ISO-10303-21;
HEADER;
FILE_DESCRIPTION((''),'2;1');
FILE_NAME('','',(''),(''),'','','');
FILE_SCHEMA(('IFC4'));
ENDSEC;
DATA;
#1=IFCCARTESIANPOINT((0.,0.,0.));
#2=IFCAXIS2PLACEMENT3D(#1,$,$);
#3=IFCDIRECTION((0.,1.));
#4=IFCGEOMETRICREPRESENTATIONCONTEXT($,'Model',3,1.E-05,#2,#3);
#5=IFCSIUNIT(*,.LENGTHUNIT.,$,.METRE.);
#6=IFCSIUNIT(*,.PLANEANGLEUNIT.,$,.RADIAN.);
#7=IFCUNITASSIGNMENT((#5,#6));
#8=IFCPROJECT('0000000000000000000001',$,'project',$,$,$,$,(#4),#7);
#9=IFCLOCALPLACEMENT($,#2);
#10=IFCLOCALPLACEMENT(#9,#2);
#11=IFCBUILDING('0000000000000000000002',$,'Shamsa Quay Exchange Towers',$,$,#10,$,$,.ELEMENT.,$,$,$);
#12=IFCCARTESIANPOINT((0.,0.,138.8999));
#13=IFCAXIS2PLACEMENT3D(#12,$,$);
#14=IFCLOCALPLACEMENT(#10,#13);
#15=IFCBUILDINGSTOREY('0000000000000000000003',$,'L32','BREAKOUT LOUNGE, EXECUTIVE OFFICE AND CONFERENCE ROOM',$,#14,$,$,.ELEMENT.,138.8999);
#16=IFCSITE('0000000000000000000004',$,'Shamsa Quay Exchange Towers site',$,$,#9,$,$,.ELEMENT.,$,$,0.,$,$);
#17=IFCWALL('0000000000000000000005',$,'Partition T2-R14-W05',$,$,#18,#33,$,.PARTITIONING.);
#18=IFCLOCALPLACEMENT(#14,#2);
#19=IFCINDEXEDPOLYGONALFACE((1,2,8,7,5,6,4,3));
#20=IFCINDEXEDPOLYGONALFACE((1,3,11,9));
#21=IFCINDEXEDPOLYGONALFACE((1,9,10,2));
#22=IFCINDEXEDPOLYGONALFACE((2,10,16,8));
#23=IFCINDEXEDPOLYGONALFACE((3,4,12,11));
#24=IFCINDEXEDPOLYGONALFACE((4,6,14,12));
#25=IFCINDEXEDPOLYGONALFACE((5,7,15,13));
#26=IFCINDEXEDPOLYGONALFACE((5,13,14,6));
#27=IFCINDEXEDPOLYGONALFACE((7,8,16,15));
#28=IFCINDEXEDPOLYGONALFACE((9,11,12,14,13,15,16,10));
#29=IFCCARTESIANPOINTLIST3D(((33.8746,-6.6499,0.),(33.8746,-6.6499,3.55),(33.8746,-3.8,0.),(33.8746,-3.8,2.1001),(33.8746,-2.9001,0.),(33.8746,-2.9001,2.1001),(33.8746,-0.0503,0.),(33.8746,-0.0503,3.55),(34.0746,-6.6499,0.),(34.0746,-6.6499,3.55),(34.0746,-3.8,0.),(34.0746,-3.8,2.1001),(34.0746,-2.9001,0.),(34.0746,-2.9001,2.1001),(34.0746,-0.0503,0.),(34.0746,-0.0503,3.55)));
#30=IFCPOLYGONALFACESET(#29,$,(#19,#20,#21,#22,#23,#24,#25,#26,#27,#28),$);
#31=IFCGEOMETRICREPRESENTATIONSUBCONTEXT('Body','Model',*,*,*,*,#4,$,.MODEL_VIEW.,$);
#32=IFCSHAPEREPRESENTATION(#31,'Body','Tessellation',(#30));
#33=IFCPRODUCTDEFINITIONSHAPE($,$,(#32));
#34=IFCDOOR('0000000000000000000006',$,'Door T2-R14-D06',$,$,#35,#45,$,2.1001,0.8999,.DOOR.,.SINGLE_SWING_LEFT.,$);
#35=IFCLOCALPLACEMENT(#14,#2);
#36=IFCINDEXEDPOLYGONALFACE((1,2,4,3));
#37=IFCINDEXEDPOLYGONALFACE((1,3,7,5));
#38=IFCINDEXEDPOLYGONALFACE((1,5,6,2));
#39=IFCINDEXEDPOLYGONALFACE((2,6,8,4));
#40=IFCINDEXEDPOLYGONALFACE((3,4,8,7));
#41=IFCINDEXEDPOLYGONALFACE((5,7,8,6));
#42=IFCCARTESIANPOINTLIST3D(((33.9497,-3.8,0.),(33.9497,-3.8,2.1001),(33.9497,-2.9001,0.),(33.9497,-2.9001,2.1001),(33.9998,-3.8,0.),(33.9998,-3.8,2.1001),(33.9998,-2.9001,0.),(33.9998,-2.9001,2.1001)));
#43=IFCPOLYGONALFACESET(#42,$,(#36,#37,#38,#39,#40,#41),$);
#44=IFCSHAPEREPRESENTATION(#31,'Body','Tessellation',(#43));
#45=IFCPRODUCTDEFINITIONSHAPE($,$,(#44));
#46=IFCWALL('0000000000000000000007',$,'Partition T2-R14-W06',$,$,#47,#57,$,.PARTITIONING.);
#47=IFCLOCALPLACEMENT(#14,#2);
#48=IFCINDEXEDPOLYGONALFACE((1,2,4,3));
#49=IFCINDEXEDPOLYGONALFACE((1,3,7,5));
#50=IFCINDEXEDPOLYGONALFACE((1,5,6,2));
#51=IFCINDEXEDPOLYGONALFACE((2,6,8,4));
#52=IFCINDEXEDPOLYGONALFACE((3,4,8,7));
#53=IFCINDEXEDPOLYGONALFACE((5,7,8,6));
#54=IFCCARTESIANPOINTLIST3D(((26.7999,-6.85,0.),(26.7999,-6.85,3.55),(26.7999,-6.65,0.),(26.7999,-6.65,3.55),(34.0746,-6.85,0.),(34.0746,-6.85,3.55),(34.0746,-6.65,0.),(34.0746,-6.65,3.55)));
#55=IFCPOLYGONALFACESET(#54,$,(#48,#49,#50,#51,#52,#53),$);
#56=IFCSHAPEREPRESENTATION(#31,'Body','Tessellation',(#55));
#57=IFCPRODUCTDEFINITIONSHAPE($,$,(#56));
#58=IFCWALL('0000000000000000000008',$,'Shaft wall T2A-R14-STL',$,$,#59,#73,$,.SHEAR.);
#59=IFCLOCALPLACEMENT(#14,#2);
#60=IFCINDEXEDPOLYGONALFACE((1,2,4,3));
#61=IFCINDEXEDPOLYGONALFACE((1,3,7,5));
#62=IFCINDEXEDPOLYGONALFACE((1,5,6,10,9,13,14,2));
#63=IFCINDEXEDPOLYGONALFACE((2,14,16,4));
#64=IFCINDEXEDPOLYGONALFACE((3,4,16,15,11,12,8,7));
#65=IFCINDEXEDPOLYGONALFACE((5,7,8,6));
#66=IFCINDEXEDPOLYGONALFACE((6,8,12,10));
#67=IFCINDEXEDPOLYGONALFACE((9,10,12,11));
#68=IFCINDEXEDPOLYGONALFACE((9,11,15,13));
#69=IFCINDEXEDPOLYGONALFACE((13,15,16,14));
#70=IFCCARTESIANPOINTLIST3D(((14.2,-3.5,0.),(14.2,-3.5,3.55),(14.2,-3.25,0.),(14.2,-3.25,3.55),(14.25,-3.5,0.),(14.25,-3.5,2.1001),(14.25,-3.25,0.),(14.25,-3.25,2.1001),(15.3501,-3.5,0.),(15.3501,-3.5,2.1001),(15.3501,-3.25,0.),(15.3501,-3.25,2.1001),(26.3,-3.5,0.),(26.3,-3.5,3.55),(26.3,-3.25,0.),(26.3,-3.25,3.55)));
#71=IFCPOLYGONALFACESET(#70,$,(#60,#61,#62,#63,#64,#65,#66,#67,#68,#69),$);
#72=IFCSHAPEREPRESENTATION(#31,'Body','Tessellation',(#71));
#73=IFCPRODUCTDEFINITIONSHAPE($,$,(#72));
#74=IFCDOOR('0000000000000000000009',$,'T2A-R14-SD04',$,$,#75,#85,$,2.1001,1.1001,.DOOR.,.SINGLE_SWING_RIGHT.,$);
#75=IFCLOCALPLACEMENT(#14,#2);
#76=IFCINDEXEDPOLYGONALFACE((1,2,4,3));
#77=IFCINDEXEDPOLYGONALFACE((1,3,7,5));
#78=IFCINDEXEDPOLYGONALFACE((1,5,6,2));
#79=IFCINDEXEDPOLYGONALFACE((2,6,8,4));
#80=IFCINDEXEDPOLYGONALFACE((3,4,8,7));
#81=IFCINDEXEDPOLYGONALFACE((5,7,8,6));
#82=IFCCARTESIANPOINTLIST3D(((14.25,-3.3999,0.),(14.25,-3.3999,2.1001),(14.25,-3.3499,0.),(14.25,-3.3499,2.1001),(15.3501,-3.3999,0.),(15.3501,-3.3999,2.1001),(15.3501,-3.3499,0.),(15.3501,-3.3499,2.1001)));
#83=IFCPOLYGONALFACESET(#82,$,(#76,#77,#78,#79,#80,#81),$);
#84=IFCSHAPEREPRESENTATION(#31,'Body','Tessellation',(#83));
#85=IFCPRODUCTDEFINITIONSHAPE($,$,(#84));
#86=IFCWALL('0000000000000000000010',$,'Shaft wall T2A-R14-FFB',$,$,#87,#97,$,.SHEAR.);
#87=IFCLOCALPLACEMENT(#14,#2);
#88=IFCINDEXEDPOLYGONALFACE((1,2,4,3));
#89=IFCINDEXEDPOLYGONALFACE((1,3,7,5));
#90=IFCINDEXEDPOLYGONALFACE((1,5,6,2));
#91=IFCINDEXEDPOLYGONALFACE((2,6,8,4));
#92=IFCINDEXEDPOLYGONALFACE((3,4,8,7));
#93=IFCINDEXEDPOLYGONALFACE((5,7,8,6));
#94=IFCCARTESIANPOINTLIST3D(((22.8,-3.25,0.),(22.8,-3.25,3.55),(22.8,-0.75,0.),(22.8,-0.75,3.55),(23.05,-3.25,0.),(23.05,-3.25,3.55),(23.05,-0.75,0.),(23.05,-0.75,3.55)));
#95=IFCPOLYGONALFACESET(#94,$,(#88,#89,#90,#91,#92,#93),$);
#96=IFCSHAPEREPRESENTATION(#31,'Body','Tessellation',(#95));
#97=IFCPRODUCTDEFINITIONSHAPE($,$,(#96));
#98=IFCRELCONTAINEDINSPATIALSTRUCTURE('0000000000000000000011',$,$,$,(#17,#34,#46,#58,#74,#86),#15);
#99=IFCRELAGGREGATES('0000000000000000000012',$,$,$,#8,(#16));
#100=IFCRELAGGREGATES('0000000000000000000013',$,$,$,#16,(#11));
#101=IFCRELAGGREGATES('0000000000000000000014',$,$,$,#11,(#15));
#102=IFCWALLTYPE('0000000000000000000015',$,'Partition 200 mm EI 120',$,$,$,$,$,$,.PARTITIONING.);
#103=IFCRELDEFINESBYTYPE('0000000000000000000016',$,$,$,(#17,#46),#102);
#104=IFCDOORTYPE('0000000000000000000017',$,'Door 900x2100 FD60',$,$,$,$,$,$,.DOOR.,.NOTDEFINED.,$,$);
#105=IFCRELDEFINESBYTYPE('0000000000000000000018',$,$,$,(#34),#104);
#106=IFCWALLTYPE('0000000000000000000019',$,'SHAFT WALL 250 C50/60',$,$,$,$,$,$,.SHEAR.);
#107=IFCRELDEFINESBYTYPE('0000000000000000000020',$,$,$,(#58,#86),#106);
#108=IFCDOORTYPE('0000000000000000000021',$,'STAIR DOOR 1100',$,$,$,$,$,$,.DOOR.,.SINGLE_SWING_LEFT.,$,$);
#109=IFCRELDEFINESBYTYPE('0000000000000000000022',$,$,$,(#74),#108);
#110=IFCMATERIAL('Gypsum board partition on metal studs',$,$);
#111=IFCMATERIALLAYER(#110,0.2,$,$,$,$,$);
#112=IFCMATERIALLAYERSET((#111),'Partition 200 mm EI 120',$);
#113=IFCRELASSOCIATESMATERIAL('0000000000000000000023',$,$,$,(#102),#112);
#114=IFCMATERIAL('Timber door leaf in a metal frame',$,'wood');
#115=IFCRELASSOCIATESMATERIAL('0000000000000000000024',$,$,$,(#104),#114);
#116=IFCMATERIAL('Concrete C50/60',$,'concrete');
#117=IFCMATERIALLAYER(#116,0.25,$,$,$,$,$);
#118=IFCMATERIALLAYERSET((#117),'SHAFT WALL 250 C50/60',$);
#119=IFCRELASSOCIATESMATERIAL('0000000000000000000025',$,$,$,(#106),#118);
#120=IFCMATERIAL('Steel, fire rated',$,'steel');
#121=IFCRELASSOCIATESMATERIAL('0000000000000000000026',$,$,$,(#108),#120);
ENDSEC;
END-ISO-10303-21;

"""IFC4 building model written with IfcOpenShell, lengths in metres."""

from ifc_helpers import new_model, si_unit, direction, frame, frame_2d, origin, place, context, subcontext, project, spatial, rectangle, extrude, material, layer, layer_set, type_object, element, fill, save


model = new_model("IFC4")

# Units and contexts
model_context = context("Model", 3, precision=1e-05, world=origin(), true_north=direction((0.0, 1.0)))
body_context = subcontext(model_context, "Body", "Model", "MODEL_VIEW")
ifc_project = project(units=[si_unit("LENGTHUNIT", "METRE"), si_unit("PLANEANGLEUNIT", "RADIAN")], contexts=[model_context])

# Site, building, storey
site_placement = place(None, origin())
site = spatial("IfcSite", under=ifc_project, at=site_placement, Name="Shamsa Quay Exchange Towers site", CompositionType="ELEMENT", RefElevation=0.0)
building_placement = place(site_placement, origin())
building = spatial("IfcBuilding", under=site, at=building_placement, Name="Shamsa Quay Exchange Towers", CompositionType="ELEMENT")
storey_placement = place(building_placement, frame((0.0, 0.0, 138.8999)))
storey = spatial("IfcBuildingStorey", under=building, at=storey_placement, Name="L32", Description="BREAKOUT LOUNGE, EXECUTIVE OFFICE AND CONFERENCE ROOM", CompositionType="ELEMENT", Elevation=138.8999)

# Shared definitions
ifc_material_1 = material(Name="Gypsum board partition on metal studs")

# Wall, opening, door
ifc_material_2 = material(Name="Timber door leaf in a metal frame", Category="wood")
ifc_layer_1 = layer(ifc_material_1, 0.2)
ifc_layer_set_1 = layer_set([ifc_layer_1], Name="Partition 200 mm EI 120")
wall_type_1 = type_object("IfcWallType", Name="Partition 200 mm EI 120", PredefinedType="PARTITIONING", material=ifc_layer_set_1)
wall_1_placement = place(storey_placement, frame((33.9746, -6.6499, 0.0), z_axis=(0.0, 0.0, 1.0), x_axis=(0.0, 1.0, 0.0)))
wall_1 = element("IfcWall", 1, at=wall_1_placement, inside=storey, type_object=wall_type_1, Name="Partition T2-R14-W05", PredefinedType="PARTITIONING", context=body_context, shape_type="SweptSolid", body=[
    extrude(rectangle(XDim=6.5996, YDim=0.2, at=frame_2d((3.2998, 0.0))), origin(), (0.0, 0.0, 1.0), 3.55),
])
opening_1_placement = place(wall_1_placement, frame((2.8499, 0.0, 0.0)))
opening_1 = element("IfcOpeningElement", 2, at=opening_1_placement, cuts=wall_1, PredefinedType="OPENING", context=body_context, shape_type="SweptSolid", body=[
    extrude(rectangle(XDim=0.8999, YDim=2.1001, at=frame_2d((0.45, 1.05))), frame((0.0, 0.1099, 0.0), z_axis=(0.0, -1.0, 0.0), x_axis=(1.0, 0.0, 0.0)), (0.0, 0.0, 1.0), 0.22),
])
door_type_1 = type_object("IfcDoorType", Name="Door 900x2100 FD60", OperationType="NOTDEFINED", PredefinedType="DOOR", material=ifc_material_2)
door_1_placement = place(opening_1_placement, origin())
door_1 = element("IfcDoor", 3, at=door_1_placement, inside=storey, type_object=door_type_1, Name="Door T2-R14-D06", OperationType="SINGLE_SWING_LEFT", OverallHeight=2.1001, OverallWidth=0.8999, PredefinedType="DOOR", context=body_context, shape_type="SweptSolid", body=[
    extrude(rectangle(XDim=0.8999, YDim=2.1001, at=frame_2d((0.45, 1.05))), frame((0.0, 0.0249, 0.0), z_axis=(0.0, -1.0, 0.0), x_axis=(1.0, 0.0, 0.0)), (0.0, 0.0, 1.0), 0.05),
])
fill(opening_1, door_1)

# Wall
wall_2_placement = place(storey_placement, frame((26.8, -6.75, 0.0)))
element("IfcWall", 4, at=wall_2_placement, inside=storey, type_object=wall_type_1, Name="Partition T2-R14-W06", PredefinedType="PARTITIONING", context=body_context, shape_type="SweptSolid", body=[
    extrude(rectangle(XDim=7.2747, YDim=0.2, at=frame_2d((3.6372, 0.0))), origin(), (0.0, 0.0, 1.0), 3.55),
])

# Wall, opening, door
ifc_material_3 = material(Name="Concrete C50/60", Category="concrete")
ifc_layer_2 = layer(ifc_material_3, 0.25)
ifc_layer_set_2 = layer_set([ifc_layer_2], Name="SHAFT WALL 250 C50/60")
wall_type_2 = type_object("IfcWallType", Name="SHAFT WALL 250 C50/60", PredefinedType="SHEAR", material=ifc_layer_set_2)
wall_3_placement = place(storey_placement, frame((26.3, -3.375, 0.0), z_axis=(0.0, 0.0, 1.0), x_axis=(-1.0, 0.0, 0.0)))
wall_3 = element("IfcWall", 5, at=wall_3_placement, inside=storey, type_object=wall_type_2, Name="Shaft wall T2A-R14-STL", PredefinedType="SHEAR", context=body_context, shape_type="SweptSolid", body=[
    extrude(rectangle(XDim=12.1001, YDim=0.25, at=frame_2d((6.05, 0.0))), origin(), (0.0, 0.0, 1.0), 3.55),
])
opening_2_placement = place(wall_3_placement, frame((10.95, 0.0, 0.0)))
opening_2 = element("IfcOpeningElement", 6, at=opening_2_placement, cuts=wall_3, PredefinedType="OPENING", context=body_context, shape_type="SweptSolid", body=[
    extrude(rectangle(XDim=1.1001, YDim=2.1001, at=frame_2d((0.55, 1.05))), frame((0.0, 0.135, 0.0), z_axis=(0.0, -1.0, 0.0), x_axis=(1.0, 0.0, 0.0)), (0.0, 0.0, 1.0), 0.27),
])
ifc_material_4 = material(Name="Steel, fire rated", Category="steel")
door_type_2 = type_object("IfcDoorType", Name="STAIR DOOR 1100", OperationType="SINGLE_SWING_LEFT", PredefinedType="DOOR", material=ifc_material_4)
door_2_placement = place(opening_2_placement, origin())
door_2 = element("IfcDoor", 7, at=door_2_placement, inside=storey, type_object=door_type_2, Name="T2A-R14-SD04", OperationType="SINGLE_SWING_RIGHT", OverallHeight=2.1001, OverallWidth=1.1001, PredefinedType="DOOR", context=body_context, shape_type="SweptSolid", body=[
    extrude(rectangle(XDim=1.1001, YDim=2.1001, at=frame_2d((0.55, 1.05))), frame((0.0, 0.0249, 0.0), z_axis=(0.0, -1.0, 0.0), x_axis=(1.0, 0.0, 0.0)), (0.0, 0.0, 1.0), 0.05),
])
fill(opening_2, door_2)

# Wall
wall_4_placement = place(storey_placement, frame((22.925, -3.25, 0.0), z_axis=(0.0, 0.0, 1.0), x_axis=(0.0, 1.0, 0.0)))
element("IfcWall", 8, at=wall_4_placement, inside=storey, type_object=wall_type_2, Name="Shaft wall T2A-R14-FFB", PredefinedType="SHEAR", context=body_context, shape_type="SweptSolid", body=[
    extrude(rectangle(XDim=2.5, YDim=0.25, at=frame_2d((1.25, 0.0))), origin(), (0.0, 0.0, 1.0), 3.55),
])

save(model, "model.ifc")
